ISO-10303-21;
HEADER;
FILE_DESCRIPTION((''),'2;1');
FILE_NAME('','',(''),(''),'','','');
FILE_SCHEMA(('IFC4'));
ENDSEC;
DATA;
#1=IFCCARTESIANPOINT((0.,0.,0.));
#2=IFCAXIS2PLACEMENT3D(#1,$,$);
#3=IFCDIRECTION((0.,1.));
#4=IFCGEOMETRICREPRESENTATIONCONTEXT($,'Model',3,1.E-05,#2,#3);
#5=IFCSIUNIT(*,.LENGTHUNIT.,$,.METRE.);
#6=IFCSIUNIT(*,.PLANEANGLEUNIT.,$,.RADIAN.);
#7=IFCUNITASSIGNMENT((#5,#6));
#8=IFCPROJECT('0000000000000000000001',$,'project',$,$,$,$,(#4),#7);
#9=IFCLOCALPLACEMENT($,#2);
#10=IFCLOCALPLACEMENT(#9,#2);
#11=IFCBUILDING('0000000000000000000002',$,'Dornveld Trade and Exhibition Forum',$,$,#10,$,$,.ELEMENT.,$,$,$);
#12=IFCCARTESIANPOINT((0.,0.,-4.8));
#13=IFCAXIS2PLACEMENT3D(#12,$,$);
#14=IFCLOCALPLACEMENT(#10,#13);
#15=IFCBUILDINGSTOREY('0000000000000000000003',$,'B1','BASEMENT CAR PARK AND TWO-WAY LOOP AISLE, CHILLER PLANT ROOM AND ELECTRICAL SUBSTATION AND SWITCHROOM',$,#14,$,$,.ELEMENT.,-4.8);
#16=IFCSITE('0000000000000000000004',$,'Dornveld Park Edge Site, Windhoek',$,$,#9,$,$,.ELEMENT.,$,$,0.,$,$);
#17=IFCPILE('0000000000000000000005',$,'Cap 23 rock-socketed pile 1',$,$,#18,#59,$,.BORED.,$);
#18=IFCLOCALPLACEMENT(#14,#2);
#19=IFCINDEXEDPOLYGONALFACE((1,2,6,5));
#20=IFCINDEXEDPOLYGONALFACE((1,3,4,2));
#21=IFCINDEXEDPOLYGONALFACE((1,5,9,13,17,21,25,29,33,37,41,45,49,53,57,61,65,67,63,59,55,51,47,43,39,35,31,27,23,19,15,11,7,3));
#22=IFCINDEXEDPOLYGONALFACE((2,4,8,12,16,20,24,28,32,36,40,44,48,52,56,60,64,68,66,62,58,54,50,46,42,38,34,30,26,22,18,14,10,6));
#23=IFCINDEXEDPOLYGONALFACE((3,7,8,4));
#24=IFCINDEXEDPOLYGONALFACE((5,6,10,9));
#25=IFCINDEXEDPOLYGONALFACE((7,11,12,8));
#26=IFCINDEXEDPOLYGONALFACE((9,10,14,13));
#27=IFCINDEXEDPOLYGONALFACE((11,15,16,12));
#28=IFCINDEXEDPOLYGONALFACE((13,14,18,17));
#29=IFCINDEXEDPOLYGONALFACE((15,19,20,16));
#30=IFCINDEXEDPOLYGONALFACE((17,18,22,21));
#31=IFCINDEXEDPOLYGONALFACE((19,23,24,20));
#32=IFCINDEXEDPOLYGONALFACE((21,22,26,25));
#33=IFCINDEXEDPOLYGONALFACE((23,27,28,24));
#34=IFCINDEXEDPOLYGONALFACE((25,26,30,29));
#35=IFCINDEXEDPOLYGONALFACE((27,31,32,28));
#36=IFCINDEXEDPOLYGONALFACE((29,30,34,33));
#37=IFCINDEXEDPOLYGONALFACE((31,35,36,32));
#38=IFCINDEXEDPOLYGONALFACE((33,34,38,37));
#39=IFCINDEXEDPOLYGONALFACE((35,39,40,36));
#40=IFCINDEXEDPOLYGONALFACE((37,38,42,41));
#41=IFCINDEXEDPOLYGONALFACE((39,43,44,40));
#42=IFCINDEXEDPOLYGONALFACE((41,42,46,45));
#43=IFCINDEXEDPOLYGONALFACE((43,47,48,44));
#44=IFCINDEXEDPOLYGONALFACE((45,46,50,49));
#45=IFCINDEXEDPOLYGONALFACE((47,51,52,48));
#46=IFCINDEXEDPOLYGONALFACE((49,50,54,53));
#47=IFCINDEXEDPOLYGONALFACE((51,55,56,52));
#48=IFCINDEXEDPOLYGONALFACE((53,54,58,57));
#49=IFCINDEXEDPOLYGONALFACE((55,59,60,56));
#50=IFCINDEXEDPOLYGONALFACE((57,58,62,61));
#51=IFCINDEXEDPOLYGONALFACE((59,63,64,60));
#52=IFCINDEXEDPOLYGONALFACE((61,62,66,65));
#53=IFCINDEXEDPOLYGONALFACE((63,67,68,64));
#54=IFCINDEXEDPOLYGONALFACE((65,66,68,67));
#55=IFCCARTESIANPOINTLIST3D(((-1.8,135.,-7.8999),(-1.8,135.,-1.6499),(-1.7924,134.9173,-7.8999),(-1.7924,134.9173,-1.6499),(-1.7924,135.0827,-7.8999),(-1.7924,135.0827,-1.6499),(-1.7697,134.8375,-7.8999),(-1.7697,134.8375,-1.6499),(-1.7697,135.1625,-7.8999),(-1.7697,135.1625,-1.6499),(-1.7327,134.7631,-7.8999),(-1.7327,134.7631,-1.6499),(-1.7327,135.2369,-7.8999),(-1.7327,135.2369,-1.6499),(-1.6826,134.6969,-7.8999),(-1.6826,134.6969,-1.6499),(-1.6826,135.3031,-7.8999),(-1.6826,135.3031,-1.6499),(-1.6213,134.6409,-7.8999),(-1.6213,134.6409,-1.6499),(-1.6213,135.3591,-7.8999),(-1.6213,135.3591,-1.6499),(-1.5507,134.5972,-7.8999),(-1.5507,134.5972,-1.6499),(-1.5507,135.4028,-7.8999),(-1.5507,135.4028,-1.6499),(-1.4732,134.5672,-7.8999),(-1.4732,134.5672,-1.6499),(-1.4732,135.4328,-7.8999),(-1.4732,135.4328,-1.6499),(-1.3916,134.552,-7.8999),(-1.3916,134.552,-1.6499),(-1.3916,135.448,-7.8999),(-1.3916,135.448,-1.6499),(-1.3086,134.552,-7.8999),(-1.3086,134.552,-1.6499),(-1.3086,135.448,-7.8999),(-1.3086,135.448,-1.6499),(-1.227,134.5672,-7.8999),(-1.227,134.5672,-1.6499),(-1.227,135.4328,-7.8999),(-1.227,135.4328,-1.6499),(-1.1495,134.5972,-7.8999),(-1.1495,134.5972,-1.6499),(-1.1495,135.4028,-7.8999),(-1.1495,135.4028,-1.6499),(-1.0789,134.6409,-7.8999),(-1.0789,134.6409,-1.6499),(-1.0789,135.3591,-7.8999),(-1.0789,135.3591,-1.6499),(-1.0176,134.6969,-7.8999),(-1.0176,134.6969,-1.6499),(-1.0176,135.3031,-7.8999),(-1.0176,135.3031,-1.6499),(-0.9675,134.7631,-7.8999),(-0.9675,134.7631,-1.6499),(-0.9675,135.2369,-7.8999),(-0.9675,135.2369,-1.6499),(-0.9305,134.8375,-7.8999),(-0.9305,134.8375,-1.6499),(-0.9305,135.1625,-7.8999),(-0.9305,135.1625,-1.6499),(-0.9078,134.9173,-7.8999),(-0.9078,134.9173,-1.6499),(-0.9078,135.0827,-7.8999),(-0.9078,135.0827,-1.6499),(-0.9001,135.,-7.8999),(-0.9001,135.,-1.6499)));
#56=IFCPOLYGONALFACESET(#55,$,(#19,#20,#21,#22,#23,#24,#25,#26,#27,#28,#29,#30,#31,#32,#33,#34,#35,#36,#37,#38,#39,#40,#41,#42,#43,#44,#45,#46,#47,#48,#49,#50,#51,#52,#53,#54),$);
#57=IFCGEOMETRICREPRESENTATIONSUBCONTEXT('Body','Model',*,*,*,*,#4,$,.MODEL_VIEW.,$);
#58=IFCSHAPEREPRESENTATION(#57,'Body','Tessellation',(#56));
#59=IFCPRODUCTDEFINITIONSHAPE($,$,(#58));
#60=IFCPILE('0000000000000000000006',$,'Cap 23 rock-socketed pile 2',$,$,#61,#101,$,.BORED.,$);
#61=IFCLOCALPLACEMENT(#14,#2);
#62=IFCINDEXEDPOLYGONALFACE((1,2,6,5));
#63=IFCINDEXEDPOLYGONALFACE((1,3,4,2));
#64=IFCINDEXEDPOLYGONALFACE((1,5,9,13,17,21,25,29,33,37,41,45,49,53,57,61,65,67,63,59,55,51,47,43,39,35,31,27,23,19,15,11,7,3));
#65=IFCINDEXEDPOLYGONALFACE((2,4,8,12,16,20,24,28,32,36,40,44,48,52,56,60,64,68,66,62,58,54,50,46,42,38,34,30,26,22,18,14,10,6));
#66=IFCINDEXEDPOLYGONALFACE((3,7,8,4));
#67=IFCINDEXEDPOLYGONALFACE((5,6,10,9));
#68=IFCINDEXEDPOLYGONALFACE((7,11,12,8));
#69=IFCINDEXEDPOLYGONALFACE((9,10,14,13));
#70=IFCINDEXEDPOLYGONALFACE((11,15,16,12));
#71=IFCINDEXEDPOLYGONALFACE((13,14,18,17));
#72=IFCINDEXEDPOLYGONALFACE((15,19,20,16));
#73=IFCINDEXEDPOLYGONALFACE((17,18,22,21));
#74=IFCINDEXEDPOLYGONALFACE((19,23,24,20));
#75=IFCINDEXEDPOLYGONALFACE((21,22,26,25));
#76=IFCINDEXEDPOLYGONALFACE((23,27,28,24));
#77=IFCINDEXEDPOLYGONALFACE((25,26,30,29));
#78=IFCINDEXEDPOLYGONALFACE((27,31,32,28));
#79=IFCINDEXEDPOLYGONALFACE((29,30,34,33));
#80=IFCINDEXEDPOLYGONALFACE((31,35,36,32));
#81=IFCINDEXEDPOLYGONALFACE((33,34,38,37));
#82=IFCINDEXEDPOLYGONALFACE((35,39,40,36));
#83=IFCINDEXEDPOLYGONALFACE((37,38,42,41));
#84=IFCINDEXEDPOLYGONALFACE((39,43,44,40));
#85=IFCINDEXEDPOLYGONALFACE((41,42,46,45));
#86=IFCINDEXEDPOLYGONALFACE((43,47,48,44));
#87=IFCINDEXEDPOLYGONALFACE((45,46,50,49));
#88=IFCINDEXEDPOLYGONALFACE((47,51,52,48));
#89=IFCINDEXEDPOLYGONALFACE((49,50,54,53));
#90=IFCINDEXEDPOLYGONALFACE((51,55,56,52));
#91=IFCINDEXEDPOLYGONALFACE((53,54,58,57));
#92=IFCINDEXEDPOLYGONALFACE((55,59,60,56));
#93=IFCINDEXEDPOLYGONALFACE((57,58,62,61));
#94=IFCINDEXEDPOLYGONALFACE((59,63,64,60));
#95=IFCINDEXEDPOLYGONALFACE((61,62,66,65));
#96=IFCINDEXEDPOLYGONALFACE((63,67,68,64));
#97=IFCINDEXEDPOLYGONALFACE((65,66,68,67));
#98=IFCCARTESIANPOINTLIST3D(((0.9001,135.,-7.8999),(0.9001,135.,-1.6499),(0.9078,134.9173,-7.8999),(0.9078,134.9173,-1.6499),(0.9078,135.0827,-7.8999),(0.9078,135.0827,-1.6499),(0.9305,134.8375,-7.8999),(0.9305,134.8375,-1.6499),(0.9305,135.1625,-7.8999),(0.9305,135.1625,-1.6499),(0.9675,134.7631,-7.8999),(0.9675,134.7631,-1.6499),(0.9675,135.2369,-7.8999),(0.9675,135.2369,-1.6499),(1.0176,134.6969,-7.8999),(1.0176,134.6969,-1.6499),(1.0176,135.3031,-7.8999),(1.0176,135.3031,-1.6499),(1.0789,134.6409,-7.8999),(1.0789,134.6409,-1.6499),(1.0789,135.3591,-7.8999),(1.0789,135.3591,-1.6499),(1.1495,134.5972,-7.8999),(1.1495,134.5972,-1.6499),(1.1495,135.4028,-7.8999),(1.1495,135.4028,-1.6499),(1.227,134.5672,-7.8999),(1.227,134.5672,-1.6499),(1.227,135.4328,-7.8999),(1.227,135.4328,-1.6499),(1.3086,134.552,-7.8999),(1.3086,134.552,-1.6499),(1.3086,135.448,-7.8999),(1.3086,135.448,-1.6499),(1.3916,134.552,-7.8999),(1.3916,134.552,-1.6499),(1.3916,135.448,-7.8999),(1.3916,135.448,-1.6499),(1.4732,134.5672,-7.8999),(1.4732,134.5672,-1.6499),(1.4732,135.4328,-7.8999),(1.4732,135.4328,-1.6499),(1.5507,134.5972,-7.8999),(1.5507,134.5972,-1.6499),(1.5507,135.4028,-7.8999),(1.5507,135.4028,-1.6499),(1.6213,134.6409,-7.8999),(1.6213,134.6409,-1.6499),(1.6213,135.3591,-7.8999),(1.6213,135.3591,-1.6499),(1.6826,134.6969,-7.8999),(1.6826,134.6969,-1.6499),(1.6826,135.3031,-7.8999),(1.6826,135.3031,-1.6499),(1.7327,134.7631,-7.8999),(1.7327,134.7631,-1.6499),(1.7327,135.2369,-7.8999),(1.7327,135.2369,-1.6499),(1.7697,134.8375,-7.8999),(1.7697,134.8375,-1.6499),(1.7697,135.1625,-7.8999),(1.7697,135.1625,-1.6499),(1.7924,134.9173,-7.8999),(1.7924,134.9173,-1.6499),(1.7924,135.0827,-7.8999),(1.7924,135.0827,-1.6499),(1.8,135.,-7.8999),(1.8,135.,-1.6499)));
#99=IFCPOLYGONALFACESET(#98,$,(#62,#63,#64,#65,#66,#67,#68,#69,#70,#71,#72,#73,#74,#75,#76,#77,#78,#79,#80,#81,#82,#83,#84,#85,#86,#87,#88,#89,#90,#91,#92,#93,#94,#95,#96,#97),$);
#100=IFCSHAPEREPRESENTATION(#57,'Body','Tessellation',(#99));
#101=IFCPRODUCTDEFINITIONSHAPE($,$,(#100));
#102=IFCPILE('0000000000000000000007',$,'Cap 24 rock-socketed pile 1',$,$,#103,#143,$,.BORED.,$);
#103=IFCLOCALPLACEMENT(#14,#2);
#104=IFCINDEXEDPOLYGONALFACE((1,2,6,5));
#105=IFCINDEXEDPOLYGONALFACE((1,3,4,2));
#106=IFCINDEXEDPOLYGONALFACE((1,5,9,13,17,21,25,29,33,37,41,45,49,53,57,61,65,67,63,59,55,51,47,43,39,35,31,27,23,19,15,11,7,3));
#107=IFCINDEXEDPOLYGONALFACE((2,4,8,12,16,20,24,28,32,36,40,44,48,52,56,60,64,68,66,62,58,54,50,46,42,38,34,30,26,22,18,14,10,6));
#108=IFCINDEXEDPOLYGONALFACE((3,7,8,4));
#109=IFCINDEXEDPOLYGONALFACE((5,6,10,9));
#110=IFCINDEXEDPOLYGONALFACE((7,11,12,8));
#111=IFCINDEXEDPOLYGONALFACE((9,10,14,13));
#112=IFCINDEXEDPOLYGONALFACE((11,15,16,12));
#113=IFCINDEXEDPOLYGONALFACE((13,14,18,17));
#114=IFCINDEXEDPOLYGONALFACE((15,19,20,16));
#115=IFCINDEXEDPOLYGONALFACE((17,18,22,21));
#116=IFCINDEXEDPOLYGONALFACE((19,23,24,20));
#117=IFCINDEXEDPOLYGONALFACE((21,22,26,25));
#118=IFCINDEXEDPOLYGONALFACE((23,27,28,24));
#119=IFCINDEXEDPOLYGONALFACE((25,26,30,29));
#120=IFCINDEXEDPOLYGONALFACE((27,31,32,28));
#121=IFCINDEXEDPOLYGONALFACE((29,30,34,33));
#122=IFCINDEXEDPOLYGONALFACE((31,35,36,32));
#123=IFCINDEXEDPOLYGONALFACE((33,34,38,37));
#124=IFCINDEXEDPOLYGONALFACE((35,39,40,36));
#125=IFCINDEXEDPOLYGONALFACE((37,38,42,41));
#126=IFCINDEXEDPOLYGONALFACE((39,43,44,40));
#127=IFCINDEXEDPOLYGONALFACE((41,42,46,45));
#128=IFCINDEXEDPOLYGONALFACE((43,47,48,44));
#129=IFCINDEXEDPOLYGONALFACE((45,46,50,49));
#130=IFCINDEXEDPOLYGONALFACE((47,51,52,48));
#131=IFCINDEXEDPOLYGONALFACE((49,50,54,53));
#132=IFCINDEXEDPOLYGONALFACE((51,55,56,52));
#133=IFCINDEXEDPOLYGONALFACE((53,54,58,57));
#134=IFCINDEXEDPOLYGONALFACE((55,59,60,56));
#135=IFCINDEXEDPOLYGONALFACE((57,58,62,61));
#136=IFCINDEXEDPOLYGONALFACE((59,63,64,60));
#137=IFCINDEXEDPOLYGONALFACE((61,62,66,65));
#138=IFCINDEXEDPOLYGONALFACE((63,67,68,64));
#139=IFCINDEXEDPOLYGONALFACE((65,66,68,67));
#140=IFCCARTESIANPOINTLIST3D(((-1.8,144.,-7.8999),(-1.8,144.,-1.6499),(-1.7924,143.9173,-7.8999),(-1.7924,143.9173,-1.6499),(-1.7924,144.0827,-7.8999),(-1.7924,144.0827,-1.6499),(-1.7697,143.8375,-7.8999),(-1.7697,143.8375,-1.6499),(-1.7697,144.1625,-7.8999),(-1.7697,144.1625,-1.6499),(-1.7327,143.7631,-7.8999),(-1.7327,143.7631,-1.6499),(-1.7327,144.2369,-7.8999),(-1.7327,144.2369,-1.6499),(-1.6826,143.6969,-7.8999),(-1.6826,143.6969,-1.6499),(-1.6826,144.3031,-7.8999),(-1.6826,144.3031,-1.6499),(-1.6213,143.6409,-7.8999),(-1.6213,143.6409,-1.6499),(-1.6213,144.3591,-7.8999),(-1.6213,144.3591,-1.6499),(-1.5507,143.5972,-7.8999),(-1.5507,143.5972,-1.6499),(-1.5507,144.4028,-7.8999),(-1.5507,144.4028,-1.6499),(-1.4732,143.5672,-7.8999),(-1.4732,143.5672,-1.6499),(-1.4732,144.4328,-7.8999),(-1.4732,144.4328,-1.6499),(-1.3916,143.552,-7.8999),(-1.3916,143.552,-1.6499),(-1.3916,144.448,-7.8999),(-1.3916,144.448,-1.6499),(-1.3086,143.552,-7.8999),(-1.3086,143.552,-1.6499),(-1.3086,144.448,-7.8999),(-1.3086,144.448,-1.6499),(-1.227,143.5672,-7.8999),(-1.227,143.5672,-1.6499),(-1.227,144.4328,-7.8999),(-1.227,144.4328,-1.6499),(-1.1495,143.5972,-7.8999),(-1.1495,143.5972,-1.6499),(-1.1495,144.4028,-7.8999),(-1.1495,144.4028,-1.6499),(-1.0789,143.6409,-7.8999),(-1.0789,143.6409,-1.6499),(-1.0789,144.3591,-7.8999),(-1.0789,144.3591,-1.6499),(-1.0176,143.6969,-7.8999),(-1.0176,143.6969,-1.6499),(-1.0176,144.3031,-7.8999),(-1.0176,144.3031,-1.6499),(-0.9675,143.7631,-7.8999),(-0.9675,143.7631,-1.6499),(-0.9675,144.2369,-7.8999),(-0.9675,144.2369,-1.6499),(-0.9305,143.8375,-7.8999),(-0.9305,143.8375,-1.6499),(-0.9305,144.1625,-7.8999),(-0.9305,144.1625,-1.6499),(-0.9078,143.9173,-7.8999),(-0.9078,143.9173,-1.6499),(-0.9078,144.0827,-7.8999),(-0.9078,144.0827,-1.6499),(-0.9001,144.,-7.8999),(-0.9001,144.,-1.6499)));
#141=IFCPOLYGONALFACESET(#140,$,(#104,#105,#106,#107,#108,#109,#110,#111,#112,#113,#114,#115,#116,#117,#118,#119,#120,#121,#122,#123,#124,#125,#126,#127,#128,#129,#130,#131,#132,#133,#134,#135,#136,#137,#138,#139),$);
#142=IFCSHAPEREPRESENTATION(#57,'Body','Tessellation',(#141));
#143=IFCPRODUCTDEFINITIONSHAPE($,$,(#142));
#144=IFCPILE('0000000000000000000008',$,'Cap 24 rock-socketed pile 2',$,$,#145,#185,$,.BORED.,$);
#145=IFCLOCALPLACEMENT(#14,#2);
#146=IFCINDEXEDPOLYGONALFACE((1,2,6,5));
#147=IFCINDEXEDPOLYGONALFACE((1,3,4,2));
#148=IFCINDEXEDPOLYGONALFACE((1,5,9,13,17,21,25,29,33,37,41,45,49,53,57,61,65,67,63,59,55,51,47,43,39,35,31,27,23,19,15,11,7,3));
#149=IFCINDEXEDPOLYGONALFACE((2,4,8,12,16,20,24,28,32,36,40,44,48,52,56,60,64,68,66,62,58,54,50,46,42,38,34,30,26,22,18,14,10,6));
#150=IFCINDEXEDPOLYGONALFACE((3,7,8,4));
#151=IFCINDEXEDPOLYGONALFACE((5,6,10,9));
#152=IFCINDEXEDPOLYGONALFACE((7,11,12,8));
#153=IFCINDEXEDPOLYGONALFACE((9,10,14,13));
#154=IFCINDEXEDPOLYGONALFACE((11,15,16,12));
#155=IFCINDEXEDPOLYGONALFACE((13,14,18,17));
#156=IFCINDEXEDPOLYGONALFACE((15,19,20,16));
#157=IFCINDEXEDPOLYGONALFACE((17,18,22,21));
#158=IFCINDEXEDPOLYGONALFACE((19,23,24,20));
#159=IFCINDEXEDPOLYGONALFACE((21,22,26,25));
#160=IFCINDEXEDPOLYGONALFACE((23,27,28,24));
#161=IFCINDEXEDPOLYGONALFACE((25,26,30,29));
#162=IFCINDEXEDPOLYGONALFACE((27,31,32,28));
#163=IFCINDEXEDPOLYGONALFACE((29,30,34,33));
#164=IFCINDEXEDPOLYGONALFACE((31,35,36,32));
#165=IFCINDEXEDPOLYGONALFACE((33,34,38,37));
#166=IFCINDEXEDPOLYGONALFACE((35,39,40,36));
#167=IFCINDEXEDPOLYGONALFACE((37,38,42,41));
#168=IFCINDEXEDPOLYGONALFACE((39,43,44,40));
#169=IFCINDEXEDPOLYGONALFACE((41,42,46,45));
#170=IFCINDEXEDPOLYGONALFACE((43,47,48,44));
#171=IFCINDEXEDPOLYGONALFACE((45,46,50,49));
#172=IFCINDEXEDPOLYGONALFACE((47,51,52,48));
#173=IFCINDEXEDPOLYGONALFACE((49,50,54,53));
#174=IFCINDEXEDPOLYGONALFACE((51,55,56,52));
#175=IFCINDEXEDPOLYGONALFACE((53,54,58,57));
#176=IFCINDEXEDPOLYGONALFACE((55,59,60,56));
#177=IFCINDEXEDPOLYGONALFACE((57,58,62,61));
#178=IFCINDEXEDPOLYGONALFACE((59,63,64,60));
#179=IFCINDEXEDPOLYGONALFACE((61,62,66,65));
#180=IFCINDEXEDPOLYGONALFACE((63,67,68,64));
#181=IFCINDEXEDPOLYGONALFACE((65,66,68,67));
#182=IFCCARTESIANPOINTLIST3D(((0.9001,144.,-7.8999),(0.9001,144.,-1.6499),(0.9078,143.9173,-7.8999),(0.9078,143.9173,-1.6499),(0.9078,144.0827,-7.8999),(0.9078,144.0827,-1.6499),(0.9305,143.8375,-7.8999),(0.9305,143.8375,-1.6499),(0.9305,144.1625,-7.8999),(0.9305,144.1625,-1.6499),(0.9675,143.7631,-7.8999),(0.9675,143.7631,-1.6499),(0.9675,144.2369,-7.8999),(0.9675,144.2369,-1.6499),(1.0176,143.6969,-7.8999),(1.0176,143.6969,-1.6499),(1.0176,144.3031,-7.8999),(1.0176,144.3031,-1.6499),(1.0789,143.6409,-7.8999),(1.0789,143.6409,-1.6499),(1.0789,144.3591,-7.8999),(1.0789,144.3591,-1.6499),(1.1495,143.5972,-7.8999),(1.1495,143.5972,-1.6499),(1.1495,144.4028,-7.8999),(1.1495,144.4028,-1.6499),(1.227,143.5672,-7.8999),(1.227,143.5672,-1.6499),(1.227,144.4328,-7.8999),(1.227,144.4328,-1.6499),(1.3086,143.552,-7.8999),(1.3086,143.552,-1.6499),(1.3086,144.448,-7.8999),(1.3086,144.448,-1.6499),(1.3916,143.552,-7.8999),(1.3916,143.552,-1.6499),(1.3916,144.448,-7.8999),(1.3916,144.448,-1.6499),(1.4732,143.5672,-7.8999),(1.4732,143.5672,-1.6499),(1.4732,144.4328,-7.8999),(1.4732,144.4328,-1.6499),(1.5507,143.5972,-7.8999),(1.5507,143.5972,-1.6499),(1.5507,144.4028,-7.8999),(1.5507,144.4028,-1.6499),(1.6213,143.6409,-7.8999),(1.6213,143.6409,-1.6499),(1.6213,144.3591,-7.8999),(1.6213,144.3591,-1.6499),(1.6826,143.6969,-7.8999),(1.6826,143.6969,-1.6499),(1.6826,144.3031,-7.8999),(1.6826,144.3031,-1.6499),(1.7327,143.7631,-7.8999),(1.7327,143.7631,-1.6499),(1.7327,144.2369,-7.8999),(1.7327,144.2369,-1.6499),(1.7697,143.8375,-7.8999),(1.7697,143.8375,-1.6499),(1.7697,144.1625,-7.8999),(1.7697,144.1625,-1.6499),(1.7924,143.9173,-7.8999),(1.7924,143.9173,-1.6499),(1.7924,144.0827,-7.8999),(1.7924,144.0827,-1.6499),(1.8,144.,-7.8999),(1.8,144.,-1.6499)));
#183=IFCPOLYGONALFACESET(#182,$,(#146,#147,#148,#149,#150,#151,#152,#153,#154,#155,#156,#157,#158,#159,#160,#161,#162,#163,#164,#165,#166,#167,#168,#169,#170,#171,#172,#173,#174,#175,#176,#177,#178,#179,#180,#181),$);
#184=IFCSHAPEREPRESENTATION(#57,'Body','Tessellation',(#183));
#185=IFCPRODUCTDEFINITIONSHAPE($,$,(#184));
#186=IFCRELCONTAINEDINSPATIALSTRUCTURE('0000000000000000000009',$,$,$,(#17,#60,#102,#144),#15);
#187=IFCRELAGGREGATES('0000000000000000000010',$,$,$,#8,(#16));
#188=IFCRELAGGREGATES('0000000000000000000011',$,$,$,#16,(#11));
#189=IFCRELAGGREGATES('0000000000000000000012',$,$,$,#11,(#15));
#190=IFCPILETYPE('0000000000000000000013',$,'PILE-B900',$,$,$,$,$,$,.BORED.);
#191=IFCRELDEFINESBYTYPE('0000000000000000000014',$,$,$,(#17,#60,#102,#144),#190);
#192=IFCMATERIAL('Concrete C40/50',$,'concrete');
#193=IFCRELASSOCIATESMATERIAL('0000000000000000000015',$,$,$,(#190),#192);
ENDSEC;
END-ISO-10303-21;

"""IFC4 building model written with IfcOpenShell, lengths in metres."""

from ifc_helpers import new_model, si_unit, direction, frame, origin, origin_2d, place, context, subcontext, project, spatial, circle, extrude, material, material_profile, profile_set, type_object, element, save


model = new_model("IFC4")

# Units and contexts
model_context = context("Model", 3, precision=1e-05, world=origin(), true_north=direction((0.0, 1.0)))
body_context = subcontext(model_context, "Body", "Model", "MODEL_VIEW")
ifc_project = project(units=[si_unit("LENGTHUNIT", "METRE"), si_unit("PLANEANGLEUNIT", "RADIAN")], contexts=[model_context])

# Site, building, storey
site_placement = place(None, origin())
site = spatial("IfcSite", under=ifc_project, at=site_placement, Name="Dornveld Park Edge Site, Windhoek", CompositionType="ELEMENT", RefElevation=0.0)
building_placement = place(site_placement, origin())
building = spatial("IfcBuilding", under=site, at=building_placement, Name="Dornveld Trade and Exhibition Forum", CompositionType="ELEMENT")
storey_placement = place(building_placement, frame((0.0, 0.0, -4.8)))
storey = spatial("IfcBuildingStorey", under=building, at=storey_placement, Name="B1", Description="BASEMENT CAR PARK AND TWO-WAY LOOP AISLE, CHILLER PLANT ROOM AND ELECTRICAL SUBSTATION AND SWITCHROOM", CompositionType="ELEMENT", Elevation=-4.8)

# Piles
ifc_material_1 = material(Name="Concrete C40/50", Category="concrete")
ifc_material_profile_1 = material_profile(ifc_material_1, circle(Radius=0.45, at=origin_2d()), Name="PILE D900")
ifc_profile_set_1 = profile_set([ifc_material_profile_1], Name="Concrete C40/50")
pile_type = type_object("IfcPileType", Name="PILE-B900", PredefinedType="BORED", material=ifc_profile_set_1)
for number, where, z_axis, x_axis, name in (
    (1, (-1.3501, 135.0, -1.6499), (0.0, 0.0, -1.0), (1.0, 0.0, 0.0), "Cap 23 rock-socketed pile 1"),
    (2, (1.3501, 135.0, -1.6499), (0.0, 0.0, -1.0), (1.0, 0.0, 0.0), "Cap 23 rock-socketed pile 2"),
    (3, (-1.3501, 144.0, -1.6499), (0.0, 0.0, -1.0), (1.0, 0.0, 0.0), "Cap 24 rock-socketed pile 1"),
    (4, (1.3501, 144.0, -1.6499), (0.0, 0.0, -1.0), (1.0, 0.0, 0.0), "Cap 24 rock-socketed pile 2"),
):
    element("IfcPile", number, at=place(storey_placement, frame(where, z_axis=z_axis, x_axis=x_axis)), inside=storey, type_object=pile_type, Name=name, PredefinedType="BORED", context=body_context, shape_type="SweptSolid", body=[
        extrude(circle(Radius=0.45, at=origin_2d()), origin(), (0.0, 0.0, 1.0), 6.25),
    ])

save(model, "model.ifc")
